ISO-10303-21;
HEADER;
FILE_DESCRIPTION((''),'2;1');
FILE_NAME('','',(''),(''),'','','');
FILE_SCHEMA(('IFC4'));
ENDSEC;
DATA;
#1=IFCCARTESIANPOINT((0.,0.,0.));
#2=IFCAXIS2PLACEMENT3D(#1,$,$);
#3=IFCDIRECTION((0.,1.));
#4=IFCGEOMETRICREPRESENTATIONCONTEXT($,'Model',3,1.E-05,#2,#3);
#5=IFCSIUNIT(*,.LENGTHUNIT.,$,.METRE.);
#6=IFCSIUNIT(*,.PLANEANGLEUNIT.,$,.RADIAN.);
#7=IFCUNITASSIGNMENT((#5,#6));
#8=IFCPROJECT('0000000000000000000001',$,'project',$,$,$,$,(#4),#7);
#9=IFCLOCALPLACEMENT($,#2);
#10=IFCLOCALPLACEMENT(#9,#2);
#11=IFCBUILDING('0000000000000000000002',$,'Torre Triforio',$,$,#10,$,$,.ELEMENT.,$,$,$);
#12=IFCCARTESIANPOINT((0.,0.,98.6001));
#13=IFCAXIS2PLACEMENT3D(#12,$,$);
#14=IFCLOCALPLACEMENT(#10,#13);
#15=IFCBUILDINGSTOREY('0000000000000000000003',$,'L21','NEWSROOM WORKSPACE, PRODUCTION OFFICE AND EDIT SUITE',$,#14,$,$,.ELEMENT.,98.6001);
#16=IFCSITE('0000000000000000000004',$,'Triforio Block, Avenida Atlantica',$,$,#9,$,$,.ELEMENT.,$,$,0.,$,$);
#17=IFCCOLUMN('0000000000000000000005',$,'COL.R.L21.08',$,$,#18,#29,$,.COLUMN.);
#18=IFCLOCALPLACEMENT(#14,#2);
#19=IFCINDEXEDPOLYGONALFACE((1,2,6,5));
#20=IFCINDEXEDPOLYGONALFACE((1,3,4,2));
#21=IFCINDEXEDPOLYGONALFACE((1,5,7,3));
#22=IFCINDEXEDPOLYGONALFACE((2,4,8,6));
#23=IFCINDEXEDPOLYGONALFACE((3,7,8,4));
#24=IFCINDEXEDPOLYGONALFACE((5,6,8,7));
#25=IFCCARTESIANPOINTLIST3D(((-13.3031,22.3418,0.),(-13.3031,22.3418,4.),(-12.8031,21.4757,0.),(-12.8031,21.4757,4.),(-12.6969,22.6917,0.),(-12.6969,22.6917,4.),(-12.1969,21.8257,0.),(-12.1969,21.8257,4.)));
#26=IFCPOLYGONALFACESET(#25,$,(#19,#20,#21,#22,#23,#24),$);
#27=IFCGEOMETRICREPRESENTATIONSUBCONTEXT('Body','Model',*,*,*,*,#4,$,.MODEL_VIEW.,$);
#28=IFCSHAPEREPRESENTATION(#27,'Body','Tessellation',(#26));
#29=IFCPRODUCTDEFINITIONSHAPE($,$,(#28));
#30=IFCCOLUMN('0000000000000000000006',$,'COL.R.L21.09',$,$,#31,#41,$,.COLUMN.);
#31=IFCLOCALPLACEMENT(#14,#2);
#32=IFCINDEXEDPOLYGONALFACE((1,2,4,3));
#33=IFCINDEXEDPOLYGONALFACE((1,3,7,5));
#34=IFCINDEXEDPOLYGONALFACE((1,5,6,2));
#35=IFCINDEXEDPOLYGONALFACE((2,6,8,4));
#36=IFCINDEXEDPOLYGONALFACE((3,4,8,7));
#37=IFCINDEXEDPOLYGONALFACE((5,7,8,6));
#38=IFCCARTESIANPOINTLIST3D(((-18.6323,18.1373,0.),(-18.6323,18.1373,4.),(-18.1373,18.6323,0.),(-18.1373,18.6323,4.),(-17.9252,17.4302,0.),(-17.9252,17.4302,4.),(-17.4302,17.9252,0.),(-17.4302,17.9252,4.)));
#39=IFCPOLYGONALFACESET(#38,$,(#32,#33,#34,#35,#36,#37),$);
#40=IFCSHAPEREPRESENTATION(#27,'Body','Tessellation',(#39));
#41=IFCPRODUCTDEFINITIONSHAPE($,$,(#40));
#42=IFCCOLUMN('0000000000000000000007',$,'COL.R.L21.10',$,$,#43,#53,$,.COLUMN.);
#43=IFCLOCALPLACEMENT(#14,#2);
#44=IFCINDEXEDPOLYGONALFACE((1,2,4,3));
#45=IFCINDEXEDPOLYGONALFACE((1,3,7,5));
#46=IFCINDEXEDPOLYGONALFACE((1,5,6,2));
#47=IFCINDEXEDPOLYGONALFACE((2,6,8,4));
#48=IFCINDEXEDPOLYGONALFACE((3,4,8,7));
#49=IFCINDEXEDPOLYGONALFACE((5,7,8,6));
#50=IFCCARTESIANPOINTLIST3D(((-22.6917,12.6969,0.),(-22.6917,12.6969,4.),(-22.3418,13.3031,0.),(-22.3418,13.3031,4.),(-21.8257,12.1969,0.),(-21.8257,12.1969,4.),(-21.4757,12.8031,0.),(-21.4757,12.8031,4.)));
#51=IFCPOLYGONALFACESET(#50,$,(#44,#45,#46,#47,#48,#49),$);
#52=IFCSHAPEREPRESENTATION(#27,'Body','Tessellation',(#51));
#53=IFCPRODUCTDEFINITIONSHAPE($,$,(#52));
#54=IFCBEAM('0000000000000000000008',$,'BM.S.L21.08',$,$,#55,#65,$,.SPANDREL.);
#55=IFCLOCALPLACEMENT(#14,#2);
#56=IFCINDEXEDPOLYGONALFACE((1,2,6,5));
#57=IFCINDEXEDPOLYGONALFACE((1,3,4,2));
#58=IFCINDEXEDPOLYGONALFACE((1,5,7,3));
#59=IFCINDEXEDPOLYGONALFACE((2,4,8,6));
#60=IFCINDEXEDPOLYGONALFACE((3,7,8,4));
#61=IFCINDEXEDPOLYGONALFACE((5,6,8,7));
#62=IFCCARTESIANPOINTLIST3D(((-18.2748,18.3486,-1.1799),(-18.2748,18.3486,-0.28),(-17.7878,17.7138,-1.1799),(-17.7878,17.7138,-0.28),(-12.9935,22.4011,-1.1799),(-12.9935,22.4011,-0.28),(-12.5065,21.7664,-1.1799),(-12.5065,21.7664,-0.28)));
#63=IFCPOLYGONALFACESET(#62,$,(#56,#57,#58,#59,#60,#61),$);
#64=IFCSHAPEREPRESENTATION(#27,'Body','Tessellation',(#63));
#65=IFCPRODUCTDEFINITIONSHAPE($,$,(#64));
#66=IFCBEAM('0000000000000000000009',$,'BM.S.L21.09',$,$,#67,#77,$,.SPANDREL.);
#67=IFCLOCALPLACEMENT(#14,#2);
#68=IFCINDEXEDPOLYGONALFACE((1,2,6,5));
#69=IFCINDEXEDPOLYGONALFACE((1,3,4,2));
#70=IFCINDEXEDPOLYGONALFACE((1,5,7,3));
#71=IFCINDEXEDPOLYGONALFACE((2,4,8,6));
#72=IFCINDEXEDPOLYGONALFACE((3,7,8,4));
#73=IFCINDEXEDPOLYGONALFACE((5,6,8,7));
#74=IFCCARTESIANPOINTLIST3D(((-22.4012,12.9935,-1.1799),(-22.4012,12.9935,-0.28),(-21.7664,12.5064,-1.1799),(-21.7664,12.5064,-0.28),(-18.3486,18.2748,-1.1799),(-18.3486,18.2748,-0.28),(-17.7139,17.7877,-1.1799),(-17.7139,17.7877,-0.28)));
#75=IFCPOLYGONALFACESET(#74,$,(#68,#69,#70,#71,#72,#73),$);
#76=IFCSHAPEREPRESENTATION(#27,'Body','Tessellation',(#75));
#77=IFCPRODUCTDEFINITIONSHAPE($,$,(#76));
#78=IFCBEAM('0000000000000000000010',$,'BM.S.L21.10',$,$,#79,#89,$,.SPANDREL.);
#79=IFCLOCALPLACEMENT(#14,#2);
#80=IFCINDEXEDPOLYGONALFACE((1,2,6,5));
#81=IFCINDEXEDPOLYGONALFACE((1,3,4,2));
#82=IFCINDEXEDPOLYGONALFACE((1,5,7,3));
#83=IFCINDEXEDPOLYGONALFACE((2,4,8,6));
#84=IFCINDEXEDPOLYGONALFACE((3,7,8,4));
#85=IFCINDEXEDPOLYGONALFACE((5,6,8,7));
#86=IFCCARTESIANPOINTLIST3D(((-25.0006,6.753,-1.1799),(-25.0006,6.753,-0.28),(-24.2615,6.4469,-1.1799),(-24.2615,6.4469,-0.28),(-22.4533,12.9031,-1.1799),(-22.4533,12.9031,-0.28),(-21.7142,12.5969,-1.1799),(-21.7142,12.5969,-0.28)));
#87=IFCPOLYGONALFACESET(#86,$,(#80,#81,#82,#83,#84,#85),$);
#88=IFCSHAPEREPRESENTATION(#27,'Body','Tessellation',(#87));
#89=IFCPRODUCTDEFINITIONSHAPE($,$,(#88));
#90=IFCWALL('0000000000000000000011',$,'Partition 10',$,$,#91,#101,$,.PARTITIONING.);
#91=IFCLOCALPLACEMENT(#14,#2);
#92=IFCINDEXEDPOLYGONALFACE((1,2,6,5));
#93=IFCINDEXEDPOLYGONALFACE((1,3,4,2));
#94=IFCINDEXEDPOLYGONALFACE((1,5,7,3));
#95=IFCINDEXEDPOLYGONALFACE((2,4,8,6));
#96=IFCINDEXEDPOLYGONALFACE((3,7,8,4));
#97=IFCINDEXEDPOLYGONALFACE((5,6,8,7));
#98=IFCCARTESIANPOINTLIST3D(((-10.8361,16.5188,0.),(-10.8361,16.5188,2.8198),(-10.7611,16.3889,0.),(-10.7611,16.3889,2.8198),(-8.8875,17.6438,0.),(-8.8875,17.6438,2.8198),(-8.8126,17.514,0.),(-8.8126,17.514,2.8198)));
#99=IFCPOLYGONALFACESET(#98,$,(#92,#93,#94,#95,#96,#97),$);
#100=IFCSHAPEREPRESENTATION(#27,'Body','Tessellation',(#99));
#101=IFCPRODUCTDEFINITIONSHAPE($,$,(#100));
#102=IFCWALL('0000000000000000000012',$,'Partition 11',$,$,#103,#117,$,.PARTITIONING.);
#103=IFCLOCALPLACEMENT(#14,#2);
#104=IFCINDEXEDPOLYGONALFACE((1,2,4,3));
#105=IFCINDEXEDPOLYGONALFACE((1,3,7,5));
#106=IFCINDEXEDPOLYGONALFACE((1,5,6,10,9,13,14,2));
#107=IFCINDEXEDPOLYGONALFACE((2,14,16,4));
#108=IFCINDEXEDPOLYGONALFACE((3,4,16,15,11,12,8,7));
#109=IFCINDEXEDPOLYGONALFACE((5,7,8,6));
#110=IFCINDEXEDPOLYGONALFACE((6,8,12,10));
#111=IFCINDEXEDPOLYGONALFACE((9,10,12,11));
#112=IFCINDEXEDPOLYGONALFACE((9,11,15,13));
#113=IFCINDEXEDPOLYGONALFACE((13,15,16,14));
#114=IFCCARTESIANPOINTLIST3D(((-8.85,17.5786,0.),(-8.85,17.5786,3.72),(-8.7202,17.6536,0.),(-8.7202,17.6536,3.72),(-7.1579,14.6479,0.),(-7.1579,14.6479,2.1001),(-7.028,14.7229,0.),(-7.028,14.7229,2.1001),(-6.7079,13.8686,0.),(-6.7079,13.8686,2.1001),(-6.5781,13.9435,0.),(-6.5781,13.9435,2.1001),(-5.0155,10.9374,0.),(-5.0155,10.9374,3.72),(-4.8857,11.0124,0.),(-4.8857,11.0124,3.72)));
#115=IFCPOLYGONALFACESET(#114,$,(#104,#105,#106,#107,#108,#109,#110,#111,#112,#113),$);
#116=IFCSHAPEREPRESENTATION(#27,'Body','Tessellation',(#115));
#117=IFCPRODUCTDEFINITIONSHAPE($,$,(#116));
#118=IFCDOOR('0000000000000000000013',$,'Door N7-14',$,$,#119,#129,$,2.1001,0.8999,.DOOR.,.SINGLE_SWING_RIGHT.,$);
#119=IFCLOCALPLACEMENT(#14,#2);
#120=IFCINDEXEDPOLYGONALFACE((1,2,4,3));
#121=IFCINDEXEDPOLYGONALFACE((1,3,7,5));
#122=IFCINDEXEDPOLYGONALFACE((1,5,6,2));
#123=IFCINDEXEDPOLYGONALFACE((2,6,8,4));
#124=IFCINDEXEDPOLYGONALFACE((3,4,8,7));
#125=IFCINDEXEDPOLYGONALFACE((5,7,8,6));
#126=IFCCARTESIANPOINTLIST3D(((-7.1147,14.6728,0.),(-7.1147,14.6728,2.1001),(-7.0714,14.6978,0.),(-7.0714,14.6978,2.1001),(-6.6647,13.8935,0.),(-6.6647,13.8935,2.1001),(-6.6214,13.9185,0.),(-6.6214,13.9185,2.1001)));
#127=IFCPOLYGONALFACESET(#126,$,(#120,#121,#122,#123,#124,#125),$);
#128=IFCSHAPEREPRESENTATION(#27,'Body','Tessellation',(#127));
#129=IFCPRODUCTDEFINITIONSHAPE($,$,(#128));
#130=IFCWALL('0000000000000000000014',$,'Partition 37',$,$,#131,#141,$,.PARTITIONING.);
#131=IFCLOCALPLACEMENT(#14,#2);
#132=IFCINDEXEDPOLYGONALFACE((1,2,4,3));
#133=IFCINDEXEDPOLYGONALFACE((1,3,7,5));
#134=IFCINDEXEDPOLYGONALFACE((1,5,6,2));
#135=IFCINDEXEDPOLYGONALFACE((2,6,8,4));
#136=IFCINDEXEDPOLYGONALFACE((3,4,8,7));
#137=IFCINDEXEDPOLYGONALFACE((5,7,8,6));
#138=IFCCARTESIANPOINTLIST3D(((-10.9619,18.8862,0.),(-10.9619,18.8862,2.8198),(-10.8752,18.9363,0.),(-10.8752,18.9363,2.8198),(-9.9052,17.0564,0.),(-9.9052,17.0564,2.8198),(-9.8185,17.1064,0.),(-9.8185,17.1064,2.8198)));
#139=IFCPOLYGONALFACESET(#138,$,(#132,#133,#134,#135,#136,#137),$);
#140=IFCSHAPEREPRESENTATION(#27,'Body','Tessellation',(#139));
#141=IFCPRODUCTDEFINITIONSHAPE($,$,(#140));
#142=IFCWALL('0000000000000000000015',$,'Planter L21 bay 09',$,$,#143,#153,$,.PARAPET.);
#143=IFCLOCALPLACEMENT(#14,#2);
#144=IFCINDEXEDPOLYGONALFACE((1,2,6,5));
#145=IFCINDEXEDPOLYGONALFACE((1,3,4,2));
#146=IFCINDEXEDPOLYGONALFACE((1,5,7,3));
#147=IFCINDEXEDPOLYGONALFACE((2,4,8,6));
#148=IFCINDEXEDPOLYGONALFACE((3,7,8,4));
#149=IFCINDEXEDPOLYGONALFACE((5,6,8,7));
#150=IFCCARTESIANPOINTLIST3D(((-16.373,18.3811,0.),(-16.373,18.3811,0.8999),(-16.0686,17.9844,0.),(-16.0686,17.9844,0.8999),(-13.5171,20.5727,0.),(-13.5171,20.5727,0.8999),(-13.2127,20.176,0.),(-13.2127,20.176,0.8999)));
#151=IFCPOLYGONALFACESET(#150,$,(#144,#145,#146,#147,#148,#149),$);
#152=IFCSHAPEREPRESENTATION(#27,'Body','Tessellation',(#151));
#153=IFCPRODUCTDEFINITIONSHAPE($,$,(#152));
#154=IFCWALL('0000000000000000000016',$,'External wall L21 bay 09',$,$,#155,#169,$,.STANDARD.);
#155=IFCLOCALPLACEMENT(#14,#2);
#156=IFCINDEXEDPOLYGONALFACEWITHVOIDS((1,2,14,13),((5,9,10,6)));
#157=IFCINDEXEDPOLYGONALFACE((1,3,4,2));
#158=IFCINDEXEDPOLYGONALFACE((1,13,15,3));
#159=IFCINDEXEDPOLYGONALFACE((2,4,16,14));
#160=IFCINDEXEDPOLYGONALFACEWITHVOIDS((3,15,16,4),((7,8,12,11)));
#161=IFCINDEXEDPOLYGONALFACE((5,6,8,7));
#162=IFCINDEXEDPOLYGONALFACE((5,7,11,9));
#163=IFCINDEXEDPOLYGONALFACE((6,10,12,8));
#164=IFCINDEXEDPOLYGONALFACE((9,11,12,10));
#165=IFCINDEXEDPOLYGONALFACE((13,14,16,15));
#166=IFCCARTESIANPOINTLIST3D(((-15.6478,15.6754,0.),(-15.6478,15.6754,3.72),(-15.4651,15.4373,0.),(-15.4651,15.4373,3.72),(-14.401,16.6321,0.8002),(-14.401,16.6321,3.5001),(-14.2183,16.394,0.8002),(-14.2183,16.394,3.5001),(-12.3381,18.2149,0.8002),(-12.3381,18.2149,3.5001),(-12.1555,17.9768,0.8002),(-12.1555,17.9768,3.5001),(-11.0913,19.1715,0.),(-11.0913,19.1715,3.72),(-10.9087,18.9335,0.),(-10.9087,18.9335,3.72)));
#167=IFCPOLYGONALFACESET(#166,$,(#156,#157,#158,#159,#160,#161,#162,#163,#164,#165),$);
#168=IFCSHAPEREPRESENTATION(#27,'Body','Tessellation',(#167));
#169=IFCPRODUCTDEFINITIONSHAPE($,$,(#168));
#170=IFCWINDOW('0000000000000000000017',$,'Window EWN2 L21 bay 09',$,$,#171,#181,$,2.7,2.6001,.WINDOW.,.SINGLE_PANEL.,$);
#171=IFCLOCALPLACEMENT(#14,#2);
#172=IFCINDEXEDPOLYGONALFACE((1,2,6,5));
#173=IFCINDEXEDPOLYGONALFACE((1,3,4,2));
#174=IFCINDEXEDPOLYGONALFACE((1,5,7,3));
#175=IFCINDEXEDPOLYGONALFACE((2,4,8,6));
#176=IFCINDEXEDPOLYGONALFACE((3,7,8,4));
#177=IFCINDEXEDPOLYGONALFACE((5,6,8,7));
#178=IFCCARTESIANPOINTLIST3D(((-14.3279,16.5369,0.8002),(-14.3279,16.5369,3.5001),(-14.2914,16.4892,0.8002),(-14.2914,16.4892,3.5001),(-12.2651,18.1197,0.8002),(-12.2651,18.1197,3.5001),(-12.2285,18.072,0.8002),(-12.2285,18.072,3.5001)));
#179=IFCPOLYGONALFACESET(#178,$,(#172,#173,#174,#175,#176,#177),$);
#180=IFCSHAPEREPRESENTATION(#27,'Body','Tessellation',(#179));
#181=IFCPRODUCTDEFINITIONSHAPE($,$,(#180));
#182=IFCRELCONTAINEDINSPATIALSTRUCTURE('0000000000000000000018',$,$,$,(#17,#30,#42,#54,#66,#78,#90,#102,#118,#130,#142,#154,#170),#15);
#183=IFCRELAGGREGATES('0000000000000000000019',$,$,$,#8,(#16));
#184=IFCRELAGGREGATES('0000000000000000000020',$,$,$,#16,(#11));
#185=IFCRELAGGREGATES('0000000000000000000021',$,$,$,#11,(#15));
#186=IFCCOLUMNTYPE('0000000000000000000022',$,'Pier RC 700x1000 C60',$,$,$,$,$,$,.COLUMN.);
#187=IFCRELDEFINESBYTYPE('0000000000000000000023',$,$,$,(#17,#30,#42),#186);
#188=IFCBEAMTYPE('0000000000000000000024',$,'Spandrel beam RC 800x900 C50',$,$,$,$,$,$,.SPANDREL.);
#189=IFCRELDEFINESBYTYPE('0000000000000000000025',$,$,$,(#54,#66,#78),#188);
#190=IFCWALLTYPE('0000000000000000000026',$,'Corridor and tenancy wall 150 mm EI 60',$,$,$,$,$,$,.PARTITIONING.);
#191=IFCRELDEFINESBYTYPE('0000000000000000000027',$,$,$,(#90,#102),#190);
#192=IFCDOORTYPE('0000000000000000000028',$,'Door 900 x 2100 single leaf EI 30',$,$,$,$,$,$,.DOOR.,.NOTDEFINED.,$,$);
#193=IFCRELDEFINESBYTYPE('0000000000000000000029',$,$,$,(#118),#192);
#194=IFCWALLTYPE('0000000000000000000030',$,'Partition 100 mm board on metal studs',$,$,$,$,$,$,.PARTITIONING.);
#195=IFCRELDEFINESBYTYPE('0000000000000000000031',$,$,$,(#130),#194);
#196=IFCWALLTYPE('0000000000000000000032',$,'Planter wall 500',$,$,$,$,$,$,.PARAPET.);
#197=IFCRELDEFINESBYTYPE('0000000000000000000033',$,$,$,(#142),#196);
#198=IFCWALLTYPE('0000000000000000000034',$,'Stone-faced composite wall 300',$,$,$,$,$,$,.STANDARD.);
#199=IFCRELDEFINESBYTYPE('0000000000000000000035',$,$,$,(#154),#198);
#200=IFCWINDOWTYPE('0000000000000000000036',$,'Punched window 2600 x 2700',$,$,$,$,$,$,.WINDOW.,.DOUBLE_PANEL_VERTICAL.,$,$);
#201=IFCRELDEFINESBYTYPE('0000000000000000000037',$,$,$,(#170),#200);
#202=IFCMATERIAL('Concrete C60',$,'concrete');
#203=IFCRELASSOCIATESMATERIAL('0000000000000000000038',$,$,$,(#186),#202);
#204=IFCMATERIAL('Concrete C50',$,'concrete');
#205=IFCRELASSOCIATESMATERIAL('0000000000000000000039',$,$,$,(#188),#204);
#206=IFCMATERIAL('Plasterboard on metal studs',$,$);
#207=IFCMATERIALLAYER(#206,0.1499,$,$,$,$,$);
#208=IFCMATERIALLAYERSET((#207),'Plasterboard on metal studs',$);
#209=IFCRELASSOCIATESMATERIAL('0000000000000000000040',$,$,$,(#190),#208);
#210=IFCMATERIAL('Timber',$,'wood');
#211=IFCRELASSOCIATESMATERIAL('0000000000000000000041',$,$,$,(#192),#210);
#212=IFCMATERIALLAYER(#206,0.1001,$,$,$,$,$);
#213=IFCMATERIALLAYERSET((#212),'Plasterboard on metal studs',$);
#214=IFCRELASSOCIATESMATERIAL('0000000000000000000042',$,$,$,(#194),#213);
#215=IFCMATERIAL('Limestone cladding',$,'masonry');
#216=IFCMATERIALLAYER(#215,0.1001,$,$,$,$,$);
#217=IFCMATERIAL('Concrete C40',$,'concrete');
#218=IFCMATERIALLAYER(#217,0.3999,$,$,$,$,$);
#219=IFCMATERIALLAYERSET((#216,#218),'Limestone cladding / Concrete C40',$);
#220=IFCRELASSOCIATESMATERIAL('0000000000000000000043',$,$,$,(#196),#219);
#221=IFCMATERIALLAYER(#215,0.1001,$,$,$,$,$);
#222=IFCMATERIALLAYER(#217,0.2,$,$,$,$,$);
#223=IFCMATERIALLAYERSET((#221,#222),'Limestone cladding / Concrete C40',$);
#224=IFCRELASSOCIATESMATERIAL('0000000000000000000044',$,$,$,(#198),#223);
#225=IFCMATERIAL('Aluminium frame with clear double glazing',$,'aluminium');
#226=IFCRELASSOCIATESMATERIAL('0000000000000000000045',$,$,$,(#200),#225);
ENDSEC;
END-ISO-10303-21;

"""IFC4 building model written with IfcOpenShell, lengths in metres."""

from ifc_helpers import new_model, si_unit, direction, frame, frame_2d, origin, origin_2d, place, context, subcontext, project, spatial, rectangle, extrude, material, layer, layer_set, material_profile, profile_set, type_object, element, fill, save


model = new_model("IFC4")

# Units and contexts
model_context = context("Model", 3, precision=1e-05, world=origin(), true_north=direction((0.0, 1.0)))
body_context = subcontext(model_context, "Body", "Model", "MODEL_VIEW")
ifc_project = project(units=[si_unit("LENGTHUNIT", "METRE"), si_unit("PLANEANGLEUNIT", "RADIAN")], contexts=[model_context])

# Site, building, storey
site_placement = place(None, origin())
site = spatial("IfcSite", under=ifc_project, at=site_placement, Name="Triforio Block, Avenida Atlantica", CompositionType="ELEMENT", RefElevation=0.0)
building_placement = place(site_placement, origin())
building = spatial("IfcBuilding", under=site, at=building_placement, Name="Torre Triforio", CompositionType="ELEMENT")
storey_placement = place(building_placement, frame((0.0, 0.0, 98.6001)))
storey = spatial("IfcBuildingStorey", under=building, at=storey_placement, Name="L21", Description="NEWSROOM WORKSPACE, PRODUCTION OFFICE AND EDIT SUITE", CompositionType="ELEMENT", Elevation=98.6001)

# Columns
ifc_material_1 = material(Name="Concrete C60", Category="concrete")
ifc_material_profile_1 = material_profile(ifc_material_1, rectangle(XDim=0.7, YDim=1.0, at=origin_2d()), Name="RC 700x1000")
ifc_profile_set_1 = profile_set([ifc_material_profile_1], Name="Concrete C60")
column_type = type_object("IfcColumnType", Name="Pier RC 700x1000 C60", PredefinedType="COLUMN", material=ifc_profile_set_1)
for number, where, z_axis, x_axis, name in (
    (1, (-12.75, 22.0837, 0.0), (0.0, 0.0, 1.0), (-0.866025, -0.5, 0.0), "COL.R.L21.08"),
    (2, (-18.0312, 18.0312, 0.0), (0.0, 0.0, 1.0), (-0.707107, -0.707107, 0.0), "COL.R.L21.09"),
    (3, (-22.0837, 12.75, 0.0), (0.0, 0.0, 1.0), (-0.5, -0.866025, 0.0), "COL.R.L21.10"),
):
    element("IfcColumn", number, at=place(storey_placement, frame(where, z_axis=z_axis, x_axis=x_axis)), inside=storey, type_object=column_type, Name=name, PredefinedType="COLUMN", context=body_context, shape_type="SweptSolid", body=[
        extrude(rectangle(XDim=0.7, YDim=1.0, at=origin_2d()), origin(), (0.0, 0.0, 1.0), 4.0),
    ])

# Beams
ifc_material_2 = material(Name="Concrete C50", Category="concrete")
ifc_material_profile_2 = material_profile(ifc_material_2, rectangle(XDim=0.8, YDim=0.8999, at=origin_2d()), Name="RC 800x900")
ifc_profile_set_2 = profile_set([ifc_material_profile_2], Name="Concrete C50")
beam_type = type_object("IfcBeamType", Name="Spandrel beam RC 800x900 C50", PredefinedType="SPANDREL", material=ifc_profile_set_2)
for number, where, z_axis, x_axis, name in (
    (4, (-12.75, 22.0837, -0.73), (-0.79335, -0.608766, 0.0), (0.608766, -0.79335, 0.0), "BM.S.L21.08"),
    (5, (-18.0312, 18.0312, -0.73), (-0.608766, -0.79335, 0.0), (0.79335, -0.608766, 0.0), "BM.S.L21.09"),
):
    element("IfcBeam", number, at=place(storey_placement, frame(where, z_axis=z_axis, x_axis=x_axis)), inside=storey, type_object=beam_type, Name=name, PredefinedType="SPANDREL", context=body_context, shape_type="SweptSolid", body=[
        extrude(rectangle(XDim=0.8, YDim=0.8999, at=origin_2d()), origin(), (0.0, 0.0, 1.0), 6.657),
    ])
beam_placement = place(storey_placement, frame((-22.0837, 12.75, -0.73), z_axis=(-0.382669, -0.923885, 0.0), x_axis=(0.923885, -0.382669, 0.0)))
element("IfcBeam", 6, at=beam_placement, inside=storey, type_object=beam_type, Name="BM.S.L21.10", PredefinedType="SPANDREL", context=body_context, shape_type="SweptSolid", body=[
    extrude(rectangle(XDim=0.8, YDim=0.8999, at=origin_2d()), origin(), (0.0, 0.0, 1.0), 6.6567),
])

# Wall
ifc_material_3 = material(Name="Plasterboard on metal studs")
ifc_layer_1 = layer(ifc_material_3, 0.1499)
ifc_layer_set_1 = layer_set([ifc_layer_1], Name="Plasterboard on metal studs")
wall_type_1 = type_object("IfcWallType", Name="Corridor and tenancy wall 150 mm EI 60", PredefinedType="PARTITIONING", material=ifc_layer_set_1)
wall_1_placement = place(storey_placement, frame((-10.7986, 16.4539, 0.0), z_axis=(0.0, 0.0, 1.0), x_axis=(0.866018, 0.500014, 0.0)))
element("IfcWall", 7, at=wall_1_placement, inside=storey, type_object=wall_type_1, Name="Partition 10", PredefinedType="PARTITIONING", context=body_context, shape_type="SweptSolid", body=[
    extrude(rectangle(XDim=2.25, YDim=0.1499, at=frame_2d((1.125, 0.0))), origin(), (0.0, 0.0, 1.0), 2.8198),
])

# Wall, opening, door
wall_2_placement = place(storey_placement, frame((-8.7852, 17.6162, 0.0), z_axis=(0.0, 0.0, 1.0), x_axis=(0.500022, -0.866013, 0.0)))
wall_2 = element("IfcWall", 8, at=wall_2_placement, inside=storey, type_object=wall_type_1, Name="Partition 11", PredefinedType="PARTITIONING", context=body_context, shape_type="SweptSolid", body=[
    extrude(rectangle(XDim=7.6687, YDim=0.1499, at=frame_2d((3.8345, 0.0))), origin(), (0.0, 0.0, 1.0), 3.72),
])
opening_1_placement = place(wall_2_placement, frame((3.3843, 0.0, 0.0)))
opening_1 = element("IfcOpeningElement", 9, at=opening_1_placement, cuts=wall_2, PredefinedType="OPENING", context=body_context, shape_type="SweptSolid", body=[
    extrude(rectangle(XDim=0.8999, YDim=2.1001, at=frame_2d((0.45, 1.05))), frame((0.0, 0.085, 0.0), z_axis=(0.0, -1.0, 0.0), x_axis=(1.0, 0.0, 0.0)), (0.0, 0.0, 1.0), 0.1699),
])
ifc_material_4 = material(Name="Timber", Category="wood")
door_type_1 = type_object("IfcDoorType", Name="Door 900 x 2100 single leaf EI 30", OperationType="NOTDEFINED", PredefinedType="DOOR", material=ifc_material_4)
door_1_placement = place(opening_1_placement, origin())
door_1 = element("IfcDoor", 10, at=door_1_placement, inside=storey, type_object=door_type_1, Name="Door N7-14", OperationType="SINGLE_SWING_RIGHT", OverallHeight=2.1001, OverallWidth=0.8999, PredefinedType="DOOR", context=body_context, shape_type="SweptSolid", body=[
    extrude(rectangle(XDim=0.8999, YDim=2.1001, at=frame_2d((0.45, 1.05))), frame((0.0, 0.0249, 0.0), z_axis=(0.0, -1.0, 0.0), x_axis=(1.0, 0.0, 0.0)), (0.0, 0.0, 1.0), 0.05),
])
fill(opening_1, door_1)

# Walls
ifc_layer_2 = layer(ifc_material_3, 0.1001)
ifc_layer_set_2 = layer_set([ifc_layer_2], Name="Plasterboard on metal studs")
wall_type_2 = type_object("IfcWallType", Name="Partition 100 mm board on metal studs", PredefinedType="PARTITIONING", material=ifc_layer_set_2)
wall_3_placement = place(storey_placement, frame((-9.8618, 17.0813, 0.0), z_axis=(0.0, 0.0, 1.0), x_axis=(-0.500066, 0.865987, 0.0)))
element("IfcWall", 11, at=wall_3_placement, inside=storey, type_object=wall_type_2, Name="Partition 37", PredefinedType="PARTITIONING", context=body_context, shape_type="SweptSolid", body=[
    extrude(rectangle(XDim=2.113, YDim=0.1001, at=frame_2d((1.0566, 0.0))), origin(), (0.0, 0.0, 1.0), 2.8198),
])
ifc_material_5 = material(Name="Limestone cladding", Category="masonry")
ifc_layer_3 = layer(ifc_material_5, 0.1001)
ifc_material_6 = material(Name="Concrete C40", Category="concrete")
ifc_layer_4 = layer(ifc_material_6, 0.3999)
ifc_layer_set_3 = layer_set([ifc_layer_3, ifc_layer_4], Name="Limestone cladding / Concrete C40")
wall_type_3 = type_object("IfcWallType", Name="Planter wall 500", PredefinedType="PARAPET", material=ifc_layer_set_3)
wall_4_placement = place(storey_placement, frame((-13.365, 20.3743, 0.0), z_axis=(0.0, 0.0, 1.0), x_axis=(-0.793327, -0.608796, 0.0)))
element("IfcWall", 12, at=wall_4_placement, inside=storey, type_object=wall_type_3, Name="Planter L21 bay 09", PredefinedType="PARAPET", context=body_context, shape_type="SweptSolid", body=[
    extrude(rectangle(XDim=3.5999, YDim=0.5, at=frame_2d((1.7998, 0.0))), origin(), (0.0, 0.0, 1.0), 0.8999),
])

# Wall, opening, window
ifc_layer_5 = layer(ifc_material_5, 0.1001)
ifc_layer_6 = layer(ifc_material_6, 0.2)
ifc_layer_set_4 = layer_set([ifc_layer_5, ifc_layer_6], Name="Limestone cladding / Concrete C40")
wall_type_4 = type_object("IfcWallType", Name="Stone-faced composite wall 300", PredefinedType="STANDARD", material=ifc_layer_set_4)
wall_5_placement = place(storey_placement, frame((-11.0, 19.0525, 0.0), z_axis=(0.0, 0.0, 1.0), x_axis=(-0.793366, -0.608745, 0.0)))
wall_5 = element("IfcWall", 13, at=wall_5_placement, inside=storey, type_object=wall_type_4, Name="External wall L21 bay 09", PredefinedType="STANDARD", context=body_context, shape_type="SweptSolid", body=[
    extrude(rectangle(XDim=5.7432, YDim=0.3, at=frame_2d((2.8716, 0.0))), origin(), (0.0, 0.0, 1.0), 3.72),
])
opening_2_placement = place(wall_5_placement, frame((1.5715, 0.0, 0.8)))
opening_2 = element("IfcOpeningElement", 14, at=opening_2_placement, cuts=wall_5, PredefinedType="OPENING", context=body_context, shape_type="SweptSolid", body=[
    extrude(rectangle(XDim=2.6001, YDim=2.7, at=frame_2d((1.3, 1.3501))), frame((0.0, 0.1599, 0.0), z_axis=(0.0, -1.0, 0.0), x_axis=(1.0, 0.0, 0.0)), (0.0, 0.0, 1.0), 0.3201),
])
ifc_material_7 = material(Name="Aluminium frame with clear double glazing", Category="aluminium")
window_type_1 = type_object("IfcWindowType", Name="Punched window 2600 x 2700", PartitioningType="DOUBLE_PANEL_VERTICAL", PredefinedType="WINDOW", material=ifc_material_7)
window_1_placement = place(opening_2_placement, origin())
window_1 = element("IfcWindow", 15, at=window_1_placement, inside=storey, type_object=window_type_1, Name="Window EWN2 L21 bay 09", OverallHeight=2.7, OverallWidth=2.6001, PartitioningType="SINGLE_PANEL", PredefinedType="WINDOW", context=body_context, shape_type="SweptSolid", body=[
    extrude(rectangle(XDim=2.6001, YDim=2.7, at=frame_2d((1.3, 1.3501))), frame((0.0, 0.03, 0.0), z_axis=(0.0, -1.0, 0.0), x_axis=(1.0, 0.0, 0.0)), (0.0, 0.0, 1.0), 0.0601),
])
fill(opening_2, window_1)

save(model, "model.ifc")
